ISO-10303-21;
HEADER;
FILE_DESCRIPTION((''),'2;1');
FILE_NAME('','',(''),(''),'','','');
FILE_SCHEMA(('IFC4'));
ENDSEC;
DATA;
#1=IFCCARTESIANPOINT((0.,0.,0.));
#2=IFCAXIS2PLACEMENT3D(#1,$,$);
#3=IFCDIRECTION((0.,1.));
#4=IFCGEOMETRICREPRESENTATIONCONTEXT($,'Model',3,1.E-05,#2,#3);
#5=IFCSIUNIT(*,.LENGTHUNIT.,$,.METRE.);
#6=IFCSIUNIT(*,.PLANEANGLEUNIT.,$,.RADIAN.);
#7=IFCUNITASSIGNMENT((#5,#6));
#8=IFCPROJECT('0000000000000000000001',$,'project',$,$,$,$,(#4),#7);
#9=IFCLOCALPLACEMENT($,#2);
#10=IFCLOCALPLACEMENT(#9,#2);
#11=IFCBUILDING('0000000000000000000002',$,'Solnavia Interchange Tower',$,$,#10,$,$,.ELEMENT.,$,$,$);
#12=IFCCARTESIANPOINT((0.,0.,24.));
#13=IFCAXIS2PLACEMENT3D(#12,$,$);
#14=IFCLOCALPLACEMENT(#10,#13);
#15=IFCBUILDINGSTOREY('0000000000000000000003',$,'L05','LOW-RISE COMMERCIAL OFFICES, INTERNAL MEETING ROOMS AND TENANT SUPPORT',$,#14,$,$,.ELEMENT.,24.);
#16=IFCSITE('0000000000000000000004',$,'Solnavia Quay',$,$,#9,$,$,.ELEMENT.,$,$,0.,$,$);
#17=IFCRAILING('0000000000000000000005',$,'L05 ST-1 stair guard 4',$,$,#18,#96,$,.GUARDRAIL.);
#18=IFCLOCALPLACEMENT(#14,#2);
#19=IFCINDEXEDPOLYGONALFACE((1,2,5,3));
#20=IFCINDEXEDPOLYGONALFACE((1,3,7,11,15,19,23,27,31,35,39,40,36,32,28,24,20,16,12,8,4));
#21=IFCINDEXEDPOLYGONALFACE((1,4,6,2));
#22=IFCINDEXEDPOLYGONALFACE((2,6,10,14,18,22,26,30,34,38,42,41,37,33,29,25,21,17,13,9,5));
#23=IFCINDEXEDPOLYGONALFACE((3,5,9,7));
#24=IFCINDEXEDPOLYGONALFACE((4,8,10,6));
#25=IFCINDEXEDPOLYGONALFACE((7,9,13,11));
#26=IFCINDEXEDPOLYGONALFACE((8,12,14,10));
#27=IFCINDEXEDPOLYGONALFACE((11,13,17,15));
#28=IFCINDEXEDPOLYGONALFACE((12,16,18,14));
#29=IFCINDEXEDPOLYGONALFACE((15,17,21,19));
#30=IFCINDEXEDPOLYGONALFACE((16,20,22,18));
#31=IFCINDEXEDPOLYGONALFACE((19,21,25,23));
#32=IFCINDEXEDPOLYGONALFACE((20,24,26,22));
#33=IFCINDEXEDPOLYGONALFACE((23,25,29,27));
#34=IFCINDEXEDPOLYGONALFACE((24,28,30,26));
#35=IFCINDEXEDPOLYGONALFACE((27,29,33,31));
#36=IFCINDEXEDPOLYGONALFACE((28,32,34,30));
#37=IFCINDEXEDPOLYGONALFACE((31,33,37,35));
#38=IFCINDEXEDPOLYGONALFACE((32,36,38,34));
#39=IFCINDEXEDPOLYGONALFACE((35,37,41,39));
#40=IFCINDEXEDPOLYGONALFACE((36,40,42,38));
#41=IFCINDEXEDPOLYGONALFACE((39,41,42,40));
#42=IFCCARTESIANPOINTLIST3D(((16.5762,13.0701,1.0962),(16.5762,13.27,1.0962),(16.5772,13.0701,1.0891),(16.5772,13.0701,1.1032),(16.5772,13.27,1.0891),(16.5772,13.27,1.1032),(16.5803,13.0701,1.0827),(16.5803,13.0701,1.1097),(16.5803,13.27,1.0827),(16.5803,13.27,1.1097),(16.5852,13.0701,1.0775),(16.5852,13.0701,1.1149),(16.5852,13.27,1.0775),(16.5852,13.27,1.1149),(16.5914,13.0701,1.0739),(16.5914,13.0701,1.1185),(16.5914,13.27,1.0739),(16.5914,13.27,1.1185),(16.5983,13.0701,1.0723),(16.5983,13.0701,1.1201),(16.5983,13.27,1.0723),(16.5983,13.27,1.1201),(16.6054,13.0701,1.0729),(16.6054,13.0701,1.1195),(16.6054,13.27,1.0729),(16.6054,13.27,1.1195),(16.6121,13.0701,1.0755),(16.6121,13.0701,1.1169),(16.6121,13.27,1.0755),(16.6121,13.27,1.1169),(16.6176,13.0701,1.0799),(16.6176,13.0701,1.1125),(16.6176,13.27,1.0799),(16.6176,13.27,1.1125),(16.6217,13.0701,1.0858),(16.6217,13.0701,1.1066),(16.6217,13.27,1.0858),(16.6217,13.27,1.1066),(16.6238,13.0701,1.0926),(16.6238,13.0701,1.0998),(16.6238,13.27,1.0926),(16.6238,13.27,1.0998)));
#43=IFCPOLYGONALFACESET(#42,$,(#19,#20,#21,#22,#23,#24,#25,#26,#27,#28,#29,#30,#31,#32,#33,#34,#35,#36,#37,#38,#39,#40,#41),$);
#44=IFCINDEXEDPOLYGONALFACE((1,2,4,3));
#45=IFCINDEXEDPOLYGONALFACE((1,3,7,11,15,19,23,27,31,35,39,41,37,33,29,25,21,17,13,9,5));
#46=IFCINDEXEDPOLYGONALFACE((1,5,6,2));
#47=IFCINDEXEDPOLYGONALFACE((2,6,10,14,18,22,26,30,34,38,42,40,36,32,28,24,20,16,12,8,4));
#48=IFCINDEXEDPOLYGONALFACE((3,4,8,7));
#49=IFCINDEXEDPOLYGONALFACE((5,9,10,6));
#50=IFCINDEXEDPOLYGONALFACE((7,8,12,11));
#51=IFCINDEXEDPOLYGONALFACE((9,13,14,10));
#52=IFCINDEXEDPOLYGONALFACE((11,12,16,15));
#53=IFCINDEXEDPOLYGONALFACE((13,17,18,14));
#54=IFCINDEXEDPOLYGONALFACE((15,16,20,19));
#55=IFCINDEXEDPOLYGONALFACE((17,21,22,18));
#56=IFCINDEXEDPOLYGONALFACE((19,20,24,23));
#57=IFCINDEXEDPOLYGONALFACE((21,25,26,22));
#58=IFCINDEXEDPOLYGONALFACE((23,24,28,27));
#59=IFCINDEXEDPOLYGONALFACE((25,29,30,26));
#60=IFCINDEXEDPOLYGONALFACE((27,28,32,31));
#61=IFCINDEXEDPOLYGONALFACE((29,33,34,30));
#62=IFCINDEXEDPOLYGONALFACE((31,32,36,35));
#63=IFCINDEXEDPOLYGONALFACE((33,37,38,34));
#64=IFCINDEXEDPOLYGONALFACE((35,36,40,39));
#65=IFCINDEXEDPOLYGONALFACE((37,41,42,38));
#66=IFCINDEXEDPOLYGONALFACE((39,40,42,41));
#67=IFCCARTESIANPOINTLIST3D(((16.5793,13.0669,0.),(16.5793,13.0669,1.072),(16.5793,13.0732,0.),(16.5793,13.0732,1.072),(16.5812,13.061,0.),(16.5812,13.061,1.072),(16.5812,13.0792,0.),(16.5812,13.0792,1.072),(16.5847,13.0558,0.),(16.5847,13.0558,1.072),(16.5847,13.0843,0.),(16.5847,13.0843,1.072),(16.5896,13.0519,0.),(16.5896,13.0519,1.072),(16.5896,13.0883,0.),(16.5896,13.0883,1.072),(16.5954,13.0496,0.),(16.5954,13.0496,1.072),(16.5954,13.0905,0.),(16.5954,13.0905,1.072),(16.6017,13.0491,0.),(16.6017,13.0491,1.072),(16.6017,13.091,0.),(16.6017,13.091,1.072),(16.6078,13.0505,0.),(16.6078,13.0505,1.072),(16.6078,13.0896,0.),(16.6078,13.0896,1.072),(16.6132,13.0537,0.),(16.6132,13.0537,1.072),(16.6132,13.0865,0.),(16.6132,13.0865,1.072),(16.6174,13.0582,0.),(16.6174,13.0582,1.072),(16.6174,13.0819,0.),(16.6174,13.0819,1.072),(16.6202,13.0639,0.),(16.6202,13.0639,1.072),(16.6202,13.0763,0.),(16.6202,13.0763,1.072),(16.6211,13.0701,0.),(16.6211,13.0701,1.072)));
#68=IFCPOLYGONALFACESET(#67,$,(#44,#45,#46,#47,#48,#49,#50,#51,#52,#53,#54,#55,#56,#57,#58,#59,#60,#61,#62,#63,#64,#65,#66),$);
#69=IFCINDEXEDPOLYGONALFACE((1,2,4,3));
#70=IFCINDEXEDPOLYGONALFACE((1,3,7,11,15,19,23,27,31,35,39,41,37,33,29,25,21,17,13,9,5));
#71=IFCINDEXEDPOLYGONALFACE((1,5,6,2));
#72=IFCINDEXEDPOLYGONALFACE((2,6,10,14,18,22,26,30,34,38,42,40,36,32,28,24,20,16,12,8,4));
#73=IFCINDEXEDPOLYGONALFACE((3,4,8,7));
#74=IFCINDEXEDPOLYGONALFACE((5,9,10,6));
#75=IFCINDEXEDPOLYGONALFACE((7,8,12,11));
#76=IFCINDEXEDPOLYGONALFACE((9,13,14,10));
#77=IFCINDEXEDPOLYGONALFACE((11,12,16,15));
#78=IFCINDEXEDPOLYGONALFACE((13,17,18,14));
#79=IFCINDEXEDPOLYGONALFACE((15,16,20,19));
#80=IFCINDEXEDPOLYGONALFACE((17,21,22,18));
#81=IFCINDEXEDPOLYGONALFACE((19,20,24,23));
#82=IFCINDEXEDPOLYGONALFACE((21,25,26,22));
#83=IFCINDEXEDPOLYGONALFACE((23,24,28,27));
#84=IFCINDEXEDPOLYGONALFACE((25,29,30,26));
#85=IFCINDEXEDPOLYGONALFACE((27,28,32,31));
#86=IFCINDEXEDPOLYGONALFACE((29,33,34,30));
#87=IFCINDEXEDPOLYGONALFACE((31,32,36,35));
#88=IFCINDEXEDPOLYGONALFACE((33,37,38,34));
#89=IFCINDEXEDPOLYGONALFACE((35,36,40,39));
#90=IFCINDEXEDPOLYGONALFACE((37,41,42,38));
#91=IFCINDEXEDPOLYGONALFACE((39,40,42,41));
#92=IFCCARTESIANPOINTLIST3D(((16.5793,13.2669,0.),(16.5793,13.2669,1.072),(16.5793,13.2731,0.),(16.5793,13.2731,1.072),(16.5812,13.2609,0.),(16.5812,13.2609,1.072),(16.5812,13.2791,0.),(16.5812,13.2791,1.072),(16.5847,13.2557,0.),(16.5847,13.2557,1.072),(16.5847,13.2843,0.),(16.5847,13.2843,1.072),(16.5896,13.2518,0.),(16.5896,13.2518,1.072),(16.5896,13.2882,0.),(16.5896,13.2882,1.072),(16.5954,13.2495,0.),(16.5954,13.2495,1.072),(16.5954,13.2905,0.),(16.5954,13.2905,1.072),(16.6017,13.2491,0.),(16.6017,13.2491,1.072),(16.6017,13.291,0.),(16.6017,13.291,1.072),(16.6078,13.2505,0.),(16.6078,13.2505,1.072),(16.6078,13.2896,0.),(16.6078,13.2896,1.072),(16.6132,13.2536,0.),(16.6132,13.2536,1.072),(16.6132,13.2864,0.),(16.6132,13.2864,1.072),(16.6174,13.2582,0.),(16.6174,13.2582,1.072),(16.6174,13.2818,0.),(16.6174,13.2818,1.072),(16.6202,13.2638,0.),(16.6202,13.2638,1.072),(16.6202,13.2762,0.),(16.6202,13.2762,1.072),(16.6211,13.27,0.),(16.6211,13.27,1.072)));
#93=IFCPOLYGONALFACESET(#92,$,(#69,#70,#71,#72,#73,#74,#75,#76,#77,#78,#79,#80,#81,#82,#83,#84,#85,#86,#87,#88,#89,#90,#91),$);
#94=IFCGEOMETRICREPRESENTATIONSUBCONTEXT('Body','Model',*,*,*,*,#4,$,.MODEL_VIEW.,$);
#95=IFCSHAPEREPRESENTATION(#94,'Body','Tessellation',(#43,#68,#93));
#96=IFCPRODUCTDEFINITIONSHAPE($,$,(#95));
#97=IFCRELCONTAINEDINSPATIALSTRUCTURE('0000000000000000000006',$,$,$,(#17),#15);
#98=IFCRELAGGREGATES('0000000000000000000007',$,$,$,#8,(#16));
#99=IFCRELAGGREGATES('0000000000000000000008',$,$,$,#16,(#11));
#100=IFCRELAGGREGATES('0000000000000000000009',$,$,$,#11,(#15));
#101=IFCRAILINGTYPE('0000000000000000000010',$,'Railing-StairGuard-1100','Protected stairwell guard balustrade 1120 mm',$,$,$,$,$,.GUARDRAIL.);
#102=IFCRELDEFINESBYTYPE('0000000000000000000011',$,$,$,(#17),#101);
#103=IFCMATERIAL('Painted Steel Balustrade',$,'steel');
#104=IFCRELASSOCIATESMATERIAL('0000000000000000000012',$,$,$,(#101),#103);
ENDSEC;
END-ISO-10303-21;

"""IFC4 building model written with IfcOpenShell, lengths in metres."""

from ifc_helpers import new_model, si_unit, direction, frame, origin, origin_2d, place, context, subcontext, project, spatial, circle, extrude, material, type_object, element, save


model = new_model("IFC4")

# Units and contexts
model_context = context("Model", 3, precision=1e-05, world=origin(), true_north=direction((0.0, 1.0)))
body_context = subcontext(model_context, "Body", "Model", "MODEL_VIEW")
ifc_project = project(units=[si_unit("LENGTHUNIT", "METRE"), si_unit("PLANEANGLEUNIT", "RADIAN")], contexts=[model_context])

# Site, building, storey
site_placement = place(None, origin())
site = spatial("IfcSite", under=ifc_project, at=site_placement, Name="Solnavia Quay", CompositionType="ELEMENT", RefElevation=0.0)
building_placement = place(site_placement, origin())
building = spatial("IfcBuilding", under=site, at=building_placement, Name="Solnavia Interchange Tower", CompositionType="ELEMENT")
storey_placement = place(building_placement, frame((0.0, 0.0, 24.0)))
storey = spatial("IfcBuildingStorey", under=building, at=storey_placement, Name="L05", Description="LOW-RISE COMMERCIAL OFFICES, INTERNAL MEETING ROOMS AND TENANT SUPPORT", CompositionType="ELEMENT", Elevation=24.0)

# Railing
ifc_material_1 = material(Name="Painted Steel Balustrade", Category="steel")
railing_type_1 = type_object("IfcRailingType", Name="Railing-StairGuard-1100", Description="Protected stairwell guard balustrade 1120 mm", PredefinedType="GUARDRAIL", material=ifc_material_1)
railing_1_placement = place(storey_placement, frame((16.6001, 13.0701, 0.0)))
element("IfcRailing", 1, at=railing_1_placement, inside=storey, type_object=railing_type_1, Name="L05 ST-1 stair guard 4", PredefinedType="GUARDRAIL", context=body_context, shape_type="SweptSolid", body=[
    extrude(circle(Radius=0.0239, at=origin_2d()), frame((0.0, 0.0, 1.0962), z_axis=(0.0, 1.0, 0.0), x_axis=(-1.0, 0.0, 0.0)), (0.0, 0.0, 1.0), 0.2),
    extrude(circle(Radius=0.021, at=origin_2d()), origin(), (0.0, 0.0, 1.0), 1.072),
    extrude(circle(Radius=0.021, at=origin_2d()), frame((0.0, 0.2, 0.0)), (0.0, 0.0, 1.0), 1.072),
])

save(model, "model.ifc")
